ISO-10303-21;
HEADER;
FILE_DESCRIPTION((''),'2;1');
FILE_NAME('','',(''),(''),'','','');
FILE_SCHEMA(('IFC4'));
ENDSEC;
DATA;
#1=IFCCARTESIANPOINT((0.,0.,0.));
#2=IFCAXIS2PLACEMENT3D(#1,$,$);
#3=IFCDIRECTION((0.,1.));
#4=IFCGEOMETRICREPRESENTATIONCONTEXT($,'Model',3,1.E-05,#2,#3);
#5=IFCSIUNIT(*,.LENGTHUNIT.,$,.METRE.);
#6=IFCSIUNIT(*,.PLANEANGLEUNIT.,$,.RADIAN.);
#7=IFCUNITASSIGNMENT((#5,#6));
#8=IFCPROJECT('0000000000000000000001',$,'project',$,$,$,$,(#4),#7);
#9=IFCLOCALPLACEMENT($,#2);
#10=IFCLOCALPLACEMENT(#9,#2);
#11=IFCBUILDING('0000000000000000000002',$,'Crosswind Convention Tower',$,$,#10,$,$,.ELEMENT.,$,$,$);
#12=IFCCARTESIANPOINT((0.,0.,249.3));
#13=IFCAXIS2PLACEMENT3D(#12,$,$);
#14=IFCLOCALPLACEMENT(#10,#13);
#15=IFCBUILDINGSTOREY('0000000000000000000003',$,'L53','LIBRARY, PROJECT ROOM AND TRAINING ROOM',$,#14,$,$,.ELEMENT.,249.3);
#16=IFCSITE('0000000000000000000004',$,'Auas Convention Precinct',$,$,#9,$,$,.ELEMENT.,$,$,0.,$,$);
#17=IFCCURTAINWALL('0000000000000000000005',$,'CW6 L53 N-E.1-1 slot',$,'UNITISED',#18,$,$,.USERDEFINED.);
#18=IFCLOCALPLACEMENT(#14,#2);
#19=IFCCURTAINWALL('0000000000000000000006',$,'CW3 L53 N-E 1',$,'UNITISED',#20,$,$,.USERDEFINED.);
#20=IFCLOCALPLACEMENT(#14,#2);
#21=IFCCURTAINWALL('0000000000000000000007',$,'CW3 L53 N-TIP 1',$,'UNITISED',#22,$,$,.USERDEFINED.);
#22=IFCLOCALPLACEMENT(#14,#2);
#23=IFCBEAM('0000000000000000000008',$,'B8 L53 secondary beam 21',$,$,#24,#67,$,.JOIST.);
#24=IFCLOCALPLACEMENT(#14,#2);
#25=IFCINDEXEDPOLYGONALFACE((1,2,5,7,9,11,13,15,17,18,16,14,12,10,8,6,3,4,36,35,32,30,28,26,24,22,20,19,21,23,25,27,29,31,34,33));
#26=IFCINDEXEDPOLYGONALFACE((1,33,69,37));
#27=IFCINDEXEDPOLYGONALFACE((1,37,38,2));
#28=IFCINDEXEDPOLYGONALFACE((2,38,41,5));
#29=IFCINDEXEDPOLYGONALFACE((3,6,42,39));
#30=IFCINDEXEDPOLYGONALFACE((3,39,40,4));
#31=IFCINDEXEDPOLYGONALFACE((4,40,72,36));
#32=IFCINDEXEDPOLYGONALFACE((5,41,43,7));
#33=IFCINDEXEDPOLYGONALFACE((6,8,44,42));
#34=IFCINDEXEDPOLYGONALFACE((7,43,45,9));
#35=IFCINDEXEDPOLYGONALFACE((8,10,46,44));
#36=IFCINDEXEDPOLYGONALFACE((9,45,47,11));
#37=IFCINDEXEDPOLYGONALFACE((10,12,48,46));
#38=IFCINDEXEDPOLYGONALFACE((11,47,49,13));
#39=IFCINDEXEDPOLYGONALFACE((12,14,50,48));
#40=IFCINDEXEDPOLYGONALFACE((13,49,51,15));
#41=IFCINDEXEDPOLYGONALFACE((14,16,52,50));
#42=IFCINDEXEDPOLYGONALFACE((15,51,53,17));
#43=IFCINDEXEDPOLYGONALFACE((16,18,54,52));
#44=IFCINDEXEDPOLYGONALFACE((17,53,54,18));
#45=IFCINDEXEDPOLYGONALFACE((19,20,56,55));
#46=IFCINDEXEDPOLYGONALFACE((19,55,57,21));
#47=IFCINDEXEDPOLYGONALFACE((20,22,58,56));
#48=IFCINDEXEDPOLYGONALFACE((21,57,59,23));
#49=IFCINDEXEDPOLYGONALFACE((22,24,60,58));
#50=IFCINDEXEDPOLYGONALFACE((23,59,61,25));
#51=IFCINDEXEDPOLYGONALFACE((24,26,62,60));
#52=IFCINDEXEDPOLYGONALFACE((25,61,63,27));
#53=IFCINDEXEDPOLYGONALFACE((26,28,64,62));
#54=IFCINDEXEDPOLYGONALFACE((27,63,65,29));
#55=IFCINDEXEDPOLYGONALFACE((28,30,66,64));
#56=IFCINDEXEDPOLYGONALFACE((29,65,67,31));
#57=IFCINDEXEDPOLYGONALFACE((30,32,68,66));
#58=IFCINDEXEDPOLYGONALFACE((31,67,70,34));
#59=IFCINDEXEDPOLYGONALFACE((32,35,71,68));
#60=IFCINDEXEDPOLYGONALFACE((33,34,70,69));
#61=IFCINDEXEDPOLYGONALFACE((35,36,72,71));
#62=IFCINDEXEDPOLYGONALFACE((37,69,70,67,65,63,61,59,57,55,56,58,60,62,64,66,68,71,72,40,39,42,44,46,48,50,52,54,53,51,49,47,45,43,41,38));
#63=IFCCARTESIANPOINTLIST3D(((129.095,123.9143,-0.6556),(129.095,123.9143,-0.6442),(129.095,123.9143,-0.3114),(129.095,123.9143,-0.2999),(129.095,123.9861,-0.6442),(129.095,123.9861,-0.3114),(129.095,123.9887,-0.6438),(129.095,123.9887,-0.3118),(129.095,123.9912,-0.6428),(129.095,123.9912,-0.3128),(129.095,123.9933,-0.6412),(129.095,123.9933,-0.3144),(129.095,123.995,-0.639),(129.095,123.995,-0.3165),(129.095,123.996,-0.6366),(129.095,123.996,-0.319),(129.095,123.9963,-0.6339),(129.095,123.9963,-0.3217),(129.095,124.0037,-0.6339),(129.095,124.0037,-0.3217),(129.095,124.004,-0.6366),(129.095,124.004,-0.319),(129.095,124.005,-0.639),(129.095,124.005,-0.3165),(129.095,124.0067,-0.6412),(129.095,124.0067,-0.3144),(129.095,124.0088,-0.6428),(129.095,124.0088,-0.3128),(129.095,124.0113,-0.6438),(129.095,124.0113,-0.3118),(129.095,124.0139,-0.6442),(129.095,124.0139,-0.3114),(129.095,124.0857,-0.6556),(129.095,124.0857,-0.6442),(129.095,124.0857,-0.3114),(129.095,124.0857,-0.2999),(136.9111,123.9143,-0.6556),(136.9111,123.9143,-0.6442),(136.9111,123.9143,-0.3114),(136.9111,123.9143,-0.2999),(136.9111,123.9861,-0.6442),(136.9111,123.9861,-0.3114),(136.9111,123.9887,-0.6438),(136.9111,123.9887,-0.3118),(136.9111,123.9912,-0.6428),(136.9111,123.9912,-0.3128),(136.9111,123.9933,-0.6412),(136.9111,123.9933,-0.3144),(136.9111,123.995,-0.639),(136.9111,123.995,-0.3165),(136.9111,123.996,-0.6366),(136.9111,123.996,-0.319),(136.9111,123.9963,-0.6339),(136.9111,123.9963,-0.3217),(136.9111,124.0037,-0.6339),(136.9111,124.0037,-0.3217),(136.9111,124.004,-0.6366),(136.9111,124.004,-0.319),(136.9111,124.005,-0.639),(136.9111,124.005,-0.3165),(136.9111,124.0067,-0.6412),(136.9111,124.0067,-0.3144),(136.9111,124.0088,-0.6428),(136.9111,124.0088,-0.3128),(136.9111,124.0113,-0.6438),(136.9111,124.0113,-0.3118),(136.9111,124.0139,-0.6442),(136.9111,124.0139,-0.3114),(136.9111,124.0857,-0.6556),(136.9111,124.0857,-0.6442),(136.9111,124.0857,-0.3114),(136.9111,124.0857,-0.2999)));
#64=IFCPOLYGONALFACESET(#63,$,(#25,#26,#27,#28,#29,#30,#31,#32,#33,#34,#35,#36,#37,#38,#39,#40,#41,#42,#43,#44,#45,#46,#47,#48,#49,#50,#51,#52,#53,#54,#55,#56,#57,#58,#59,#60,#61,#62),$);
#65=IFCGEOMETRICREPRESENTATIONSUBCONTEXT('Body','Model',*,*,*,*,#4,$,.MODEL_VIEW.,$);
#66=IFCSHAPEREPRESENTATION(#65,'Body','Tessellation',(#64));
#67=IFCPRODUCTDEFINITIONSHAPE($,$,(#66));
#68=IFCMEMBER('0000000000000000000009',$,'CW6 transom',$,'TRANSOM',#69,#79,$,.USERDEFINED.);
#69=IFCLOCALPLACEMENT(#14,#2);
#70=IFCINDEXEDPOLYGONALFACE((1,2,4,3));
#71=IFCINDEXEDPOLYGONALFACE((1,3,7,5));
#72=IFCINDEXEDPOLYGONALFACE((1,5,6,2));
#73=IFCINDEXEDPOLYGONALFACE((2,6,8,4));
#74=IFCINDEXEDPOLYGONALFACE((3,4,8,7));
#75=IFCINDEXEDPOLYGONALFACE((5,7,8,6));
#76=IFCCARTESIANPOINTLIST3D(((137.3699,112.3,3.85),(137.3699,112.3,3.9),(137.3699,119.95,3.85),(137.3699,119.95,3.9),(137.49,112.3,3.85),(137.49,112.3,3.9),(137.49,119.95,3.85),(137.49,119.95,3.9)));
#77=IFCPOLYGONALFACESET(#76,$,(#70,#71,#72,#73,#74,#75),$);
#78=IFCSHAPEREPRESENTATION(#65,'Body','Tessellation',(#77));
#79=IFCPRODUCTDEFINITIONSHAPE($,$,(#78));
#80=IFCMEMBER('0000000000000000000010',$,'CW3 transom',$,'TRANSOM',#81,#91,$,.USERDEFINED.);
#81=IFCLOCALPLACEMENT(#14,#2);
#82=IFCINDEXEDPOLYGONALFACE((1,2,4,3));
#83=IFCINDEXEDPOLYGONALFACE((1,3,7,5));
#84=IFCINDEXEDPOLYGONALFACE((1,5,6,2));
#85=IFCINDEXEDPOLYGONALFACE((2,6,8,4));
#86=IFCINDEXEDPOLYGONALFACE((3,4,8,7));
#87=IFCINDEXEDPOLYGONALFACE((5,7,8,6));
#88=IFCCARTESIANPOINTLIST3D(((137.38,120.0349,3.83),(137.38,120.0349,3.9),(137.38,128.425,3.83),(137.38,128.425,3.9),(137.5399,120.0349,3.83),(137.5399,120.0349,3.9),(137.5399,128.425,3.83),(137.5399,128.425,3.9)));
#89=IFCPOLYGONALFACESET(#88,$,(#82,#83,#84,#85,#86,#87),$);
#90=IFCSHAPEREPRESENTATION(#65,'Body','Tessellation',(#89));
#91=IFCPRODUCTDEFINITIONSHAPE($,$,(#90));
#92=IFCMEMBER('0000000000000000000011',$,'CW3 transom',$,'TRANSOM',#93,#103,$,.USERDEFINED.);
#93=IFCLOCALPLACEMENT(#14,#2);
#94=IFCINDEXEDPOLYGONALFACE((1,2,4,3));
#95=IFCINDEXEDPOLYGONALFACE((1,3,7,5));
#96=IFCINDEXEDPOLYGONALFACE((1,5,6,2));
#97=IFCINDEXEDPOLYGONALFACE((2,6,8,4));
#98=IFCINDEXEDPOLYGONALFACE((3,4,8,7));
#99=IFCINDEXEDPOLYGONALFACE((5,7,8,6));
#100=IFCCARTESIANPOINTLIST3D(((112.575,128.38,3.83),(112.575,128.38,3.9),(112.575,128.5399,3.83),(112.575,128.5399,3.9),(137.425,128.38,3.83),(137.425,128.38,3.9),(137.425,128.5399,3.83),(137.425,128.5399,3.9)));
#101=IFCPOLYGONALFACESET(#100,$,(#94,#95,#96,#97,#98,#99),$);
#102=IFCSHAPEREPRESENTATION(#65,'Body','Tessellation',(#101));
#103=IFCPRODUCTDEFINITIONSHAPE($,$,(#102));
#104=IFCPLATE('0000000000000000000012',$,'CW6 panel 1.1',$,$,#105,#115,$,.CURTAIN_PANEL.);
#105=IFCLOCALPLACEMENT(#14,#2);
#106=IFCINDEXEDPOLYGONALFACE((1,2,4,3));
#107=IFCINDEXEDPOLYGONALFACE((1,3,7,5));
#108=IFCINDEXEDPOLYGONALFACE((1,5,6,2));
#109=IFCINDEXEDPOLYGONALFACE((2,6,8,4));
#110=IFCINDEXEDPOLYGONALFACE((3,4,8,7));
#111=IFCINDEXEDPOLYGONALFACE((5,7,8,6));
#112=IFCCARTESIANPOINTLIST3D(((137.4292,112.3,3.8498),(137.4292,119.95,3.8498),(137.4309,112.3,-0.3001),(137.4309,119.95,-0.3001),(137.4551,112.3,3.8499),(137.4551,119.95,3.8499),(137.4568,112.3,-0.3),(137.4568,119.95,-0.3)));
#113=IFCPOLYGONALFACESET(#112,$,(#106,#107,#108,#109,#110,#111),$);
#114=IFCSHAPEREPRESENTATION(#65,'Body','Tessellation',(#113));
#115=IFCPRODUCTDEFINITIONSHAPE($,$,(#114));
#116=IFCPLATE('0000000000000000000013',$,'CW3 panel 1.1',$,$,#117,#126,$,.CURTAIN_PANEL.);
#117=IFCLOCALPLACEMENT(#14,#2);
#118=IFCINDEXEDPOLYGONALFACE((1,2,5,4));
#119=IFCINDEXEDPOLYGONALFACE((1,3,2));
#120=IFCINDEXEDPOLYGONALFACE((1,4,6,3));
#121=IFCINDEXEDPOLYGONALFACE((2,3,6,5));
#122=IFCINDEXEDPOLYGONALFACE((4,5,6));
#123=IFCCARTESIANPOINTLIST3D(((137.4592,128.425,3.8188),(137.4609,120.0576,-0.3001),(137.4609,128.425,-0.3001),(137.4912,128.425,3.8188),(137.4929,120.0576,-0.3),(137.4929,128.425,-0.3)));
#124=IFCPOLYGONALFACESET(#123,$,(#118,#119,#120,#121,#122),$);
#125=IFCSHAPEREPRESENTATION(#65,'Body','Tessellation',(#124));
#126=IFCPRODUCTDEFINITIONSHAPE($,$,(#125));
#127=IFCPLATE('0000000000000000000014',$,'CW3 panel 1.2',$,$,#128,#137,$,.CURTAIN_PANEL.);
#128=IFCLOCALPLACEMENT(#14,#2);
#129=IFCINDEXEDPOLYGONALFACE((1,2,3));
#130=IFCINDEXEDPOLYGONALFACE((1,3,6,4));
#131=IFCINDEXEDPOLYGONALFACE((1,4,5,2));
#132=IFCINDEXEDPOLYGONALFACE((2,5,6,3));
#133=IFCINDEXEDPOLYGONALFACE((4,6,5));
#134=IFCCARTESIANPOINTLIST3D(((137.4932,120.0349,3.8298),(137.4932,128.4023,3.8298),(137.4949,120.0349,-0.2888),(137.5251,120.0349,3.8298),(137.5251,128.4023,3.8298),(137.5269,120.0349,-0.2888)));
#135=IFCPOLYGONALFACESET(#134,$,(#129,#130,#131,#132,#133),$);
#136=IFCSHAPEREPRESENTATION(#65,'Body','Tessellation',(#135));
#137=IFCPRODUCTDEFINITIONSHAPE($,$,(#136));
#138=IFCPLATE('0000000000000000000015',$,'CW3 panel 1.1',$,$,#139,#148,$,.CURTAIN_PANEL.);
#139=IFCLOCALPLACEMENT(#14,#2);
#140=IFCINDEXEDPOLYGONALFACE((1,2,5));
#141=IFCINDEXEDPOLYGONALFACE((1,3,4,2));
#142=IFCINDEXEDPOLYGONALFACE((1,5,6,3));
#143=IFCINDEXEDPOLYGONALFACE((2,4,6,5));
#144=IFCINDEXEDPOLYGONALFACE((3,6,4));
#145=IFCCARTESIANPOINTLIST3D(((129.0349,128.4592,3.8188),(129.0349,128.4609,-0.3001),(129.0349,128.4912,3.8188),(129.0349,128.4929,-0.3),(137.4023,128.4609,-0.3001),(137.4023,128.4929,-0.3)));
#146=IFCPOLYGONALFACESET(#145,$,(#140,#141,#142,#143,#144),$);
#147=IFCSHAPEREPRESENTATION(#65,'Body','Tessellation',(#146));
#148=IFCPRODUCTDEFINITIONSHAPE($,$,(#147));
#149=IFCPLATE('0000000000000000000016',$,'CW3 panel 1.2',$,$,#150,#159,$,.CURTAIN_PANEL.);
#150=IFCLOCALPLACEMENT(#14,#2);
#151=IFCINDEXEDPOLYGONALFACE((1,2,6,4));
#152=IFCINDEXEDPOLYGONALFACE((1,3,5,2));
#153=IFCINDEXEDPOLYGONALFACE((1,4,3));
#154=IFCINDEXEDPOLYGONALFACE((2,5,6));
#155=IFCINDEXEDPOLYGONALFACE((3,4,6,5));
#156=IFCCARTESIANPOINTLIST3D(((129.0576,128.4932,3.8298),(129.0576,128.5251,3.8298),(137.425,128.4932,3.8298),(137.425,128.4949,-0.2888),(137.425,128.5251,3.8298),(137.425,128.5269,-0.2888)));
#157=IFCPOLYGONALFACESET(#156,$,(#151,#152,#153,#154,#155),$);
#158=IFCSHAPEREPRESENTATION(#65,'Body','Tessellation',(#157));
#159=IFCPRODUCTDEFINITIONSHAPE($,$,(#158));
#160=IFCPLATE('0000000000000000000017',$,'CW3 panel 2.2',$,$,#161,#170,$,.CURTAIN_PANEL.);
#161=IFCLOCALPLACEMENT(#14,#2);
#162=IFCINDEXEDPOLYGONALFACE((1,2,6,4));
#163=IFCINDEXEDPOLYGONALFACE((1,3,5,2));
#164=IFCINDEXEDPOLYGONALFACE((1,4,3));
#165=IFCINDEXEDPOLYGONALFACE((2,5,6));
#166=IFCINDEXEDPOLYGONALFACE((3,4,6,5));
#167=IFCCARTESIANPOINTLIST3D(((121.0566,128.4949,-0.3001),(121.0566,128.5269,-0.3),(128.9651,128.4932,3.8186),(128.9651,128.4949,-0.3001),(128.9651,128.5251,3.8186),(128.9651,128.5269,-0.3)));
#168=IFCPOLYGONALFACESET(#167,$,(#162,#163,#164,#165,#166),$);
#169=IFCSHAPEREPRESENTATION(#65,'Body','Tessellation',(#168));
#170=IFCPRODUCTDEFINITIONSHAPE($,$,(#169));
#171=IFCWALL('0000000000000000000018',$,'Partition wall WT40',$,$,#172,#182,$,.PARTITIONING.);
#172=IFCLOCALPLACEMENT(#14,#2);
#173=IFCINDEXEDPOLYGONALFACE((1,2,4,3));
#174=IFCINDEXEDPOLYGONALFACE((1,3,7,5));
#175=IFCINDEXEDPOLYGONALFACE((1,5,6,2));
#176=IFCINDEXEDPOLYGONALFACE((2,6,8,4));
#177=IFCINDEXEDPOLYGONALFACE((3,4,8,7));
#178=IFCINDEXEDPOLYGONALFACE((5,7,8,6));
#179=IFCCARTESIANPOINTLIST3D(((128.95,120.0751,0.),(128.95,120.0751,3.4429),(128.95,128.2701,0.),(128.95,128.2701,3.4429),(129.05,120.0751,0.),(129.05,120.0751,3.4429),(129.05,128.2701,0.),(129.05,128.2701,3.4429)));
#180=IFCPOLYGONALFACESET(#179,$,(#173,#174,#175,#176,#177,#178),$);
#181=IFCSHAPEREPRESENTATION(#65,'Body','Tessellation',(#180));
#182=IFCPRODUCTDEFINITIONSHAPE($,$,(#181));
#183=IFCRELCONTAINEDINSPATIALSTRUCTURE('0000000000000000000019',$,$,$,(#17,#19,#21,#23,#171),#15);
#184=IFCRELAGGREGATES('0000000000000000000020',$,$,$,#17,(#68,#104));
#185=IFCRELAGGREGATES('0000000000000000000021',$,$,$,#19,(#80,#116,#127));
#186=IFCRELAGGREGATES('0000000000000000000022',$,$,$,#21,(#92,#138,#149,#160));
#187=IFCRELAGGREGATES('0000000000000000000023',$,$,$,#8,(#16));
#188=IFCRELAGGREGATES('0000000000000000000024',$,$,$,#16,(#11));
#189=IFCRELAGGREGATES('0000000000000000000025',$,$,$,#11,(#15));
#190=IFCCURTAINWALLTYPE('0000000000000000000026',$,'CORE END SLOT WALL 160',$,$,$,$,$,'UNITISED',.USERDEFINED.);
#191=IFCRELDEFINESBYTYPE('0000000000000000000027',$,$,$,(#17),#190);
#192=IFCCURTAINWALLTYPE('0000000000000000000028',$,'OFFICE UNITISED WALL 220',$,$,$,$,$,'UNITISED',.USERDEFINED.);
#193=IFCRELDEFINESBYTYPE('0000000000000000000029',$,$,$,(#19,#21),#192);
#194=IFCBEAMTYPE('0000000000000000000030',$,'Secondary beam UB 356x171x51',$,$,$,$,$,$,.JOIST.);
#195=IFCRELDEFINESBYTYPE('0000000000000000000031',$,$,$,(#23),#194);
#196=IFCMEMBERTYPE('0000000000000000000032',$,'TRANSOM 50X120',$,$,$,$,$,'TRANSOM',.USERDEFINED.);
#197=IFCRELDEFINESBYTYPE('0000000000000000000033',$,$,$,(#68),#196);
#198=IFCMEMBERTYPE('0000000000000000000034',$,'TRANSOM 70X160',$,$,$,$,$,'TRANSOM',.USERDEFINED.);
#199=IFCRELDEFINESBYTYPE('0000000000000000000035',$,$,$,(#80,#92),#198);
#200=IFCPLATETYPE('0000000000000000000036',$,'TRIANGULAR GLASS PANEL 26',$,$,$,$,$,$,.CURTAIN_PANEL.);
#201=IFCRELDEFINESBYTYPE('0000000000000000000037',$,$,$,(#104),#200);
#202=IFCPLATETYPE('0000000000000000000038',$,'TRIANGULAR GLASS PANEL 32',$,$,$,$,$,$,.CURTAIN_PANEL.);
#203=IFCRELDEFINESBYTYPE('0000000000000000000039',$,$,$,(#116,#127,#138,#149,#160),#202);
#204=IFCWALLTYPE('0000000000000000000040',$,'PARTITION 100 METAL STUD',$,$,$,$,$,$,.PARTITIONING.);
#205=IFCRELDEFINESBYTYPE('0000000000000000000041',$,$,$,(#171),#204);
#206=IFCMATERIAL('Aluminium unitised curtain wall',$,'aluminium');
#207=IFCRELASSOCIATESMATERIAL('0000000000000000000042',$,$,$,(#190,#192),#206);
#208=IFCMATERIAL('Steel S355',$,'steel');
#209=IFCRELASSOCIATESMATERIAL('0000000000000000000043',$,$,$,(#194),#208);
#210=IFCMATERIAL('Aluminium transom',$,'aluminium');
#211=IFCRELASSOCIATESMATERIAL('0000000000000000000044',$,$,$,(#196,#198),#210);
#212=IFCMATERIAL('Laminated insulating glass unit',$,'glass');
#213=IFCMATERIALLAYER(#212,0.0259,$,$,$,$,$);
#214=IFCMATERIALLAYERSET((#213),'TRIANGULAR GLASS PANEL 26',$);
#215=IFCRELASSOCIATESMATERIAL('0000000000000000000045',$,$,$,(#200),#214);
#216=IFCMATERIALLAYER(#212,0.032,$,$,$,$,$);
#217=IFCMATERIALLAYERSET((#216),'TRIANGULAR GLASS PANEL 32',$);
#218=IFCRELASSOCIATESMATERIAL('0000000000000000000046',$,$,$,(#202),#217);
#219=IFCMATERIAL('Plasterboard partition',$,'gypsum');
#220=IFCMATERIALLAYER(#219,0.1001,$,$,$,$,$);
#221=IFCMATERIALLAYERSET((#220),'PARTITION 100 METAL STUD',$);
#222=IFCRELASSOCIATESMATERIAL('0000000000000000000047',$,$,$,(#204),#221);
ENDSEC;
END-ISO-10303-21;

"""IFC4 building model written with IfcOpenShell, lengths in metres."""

from ifc_helpers import new_model, si_unit, direction, frame, frame_2d, origin, origin_2d, place, context, subcontext, project, spatial, polyline, rectangle, i_section, outline, extrude, material, layer, layer_set, material_profile, profile_set, type_object, element, aggregate, save


model = new_model("IFC4")

# Units and contexts
model_context = context("Model", 3, precision=1e-05, world=origin(), true_north=direction((0.0, 1.0)))
body_context = subcontext(model_context, "Body", "Model", "MODEL_VIEW")
ifc_project = project(units=[si_unit("LENGTHUNIT", "METRE"), si_unit("PLANEANGLEUNIT", "RADIAN")], contexts=[model_context])

# Site, building, storey
site_placement = place(None, origin())
site = spatial("IfcSite", under=ifc_project, at=site_placement, Name="Auas Convention Precinct", CompositionType="ELEMENT", RefElevation=0.0)
building_placement = place(site_placement, origin())
building = spatial("IfcBuilding", under=site, at=building_placement, Name="Crosswind Convention Tower", CompositionType="ELEMENT")
storey_placement = place(building_placement, frame((0.0, 0.0, 249.3)))
storey = spatial("IfcBuildingStorey", under=building, at=storey_placement, Name="L53", Description="LIBRARY, PROJECT ROOM AND TRAINING ROOM", CompositionType="ELEMENT", Elevation=249.3)

# Shared definitions
ifc_material_1 = material(Name="Steel S355", Category="steel")

# Curtain walls
ifc_material_2 = material(Name="Aluminium unitised curtain wall", Category="aluminium")
curtain_wall_type_1 = type_object("IfcCurtainWallType", Name="CORE END SLOT WALL 160", ElementType="UNITISED", PredefinedType="USERDEFINED", material=ifc_material_2)
curtain_wall_1_placement = place(storey_placement, origin())
curtain_wall_1 = element("IfcCurtainWall", 1, at=curtain_wall_1_placement, inside=storey, type_object=curtain_wall_type_1, Name="CW6 L53 N-E.1-1 slot", ObjectType="UNITISED", PredefinedType="USERDEFINED")
curtain_wall_type_2 = type_object("IfcCurtainWallType", Name="OFFICE UNITISED WALL 220", ElementType="UNITISED", PredefinedType="USERDEFINED", material=ifc_material_2)
curtain_wall_2_placement = place(storey_placement, origin())
curtain_wall_2 = element("IfcCurtainWall", 2, at=curtain_wall_2_placement, inside=storey, type_object=curtain_wall_type_2, Name="CW3 L53 N-E 1", ObjectType="UNITISED", PredefinedType="USERDEFINED")

# Curtain wall
curtain_wall_3_placement = place(storey_placement, origin())
curtain_wall_3 = element("IfcCurtainWall", 3, at=curtain_wall_3_placement, inside=storey, type_object=curtain_wall_type_2, Name="CW3 L53 N-TIP 1", ObjectType="UNITISED", PredefinedType="USERDEFINED")

# Beam
ifc_material_profile_1 = material_profile(ifc_material_1, i_section(OverallWidth=0.1714, OverallDepth=0.3557, WebThickness=0.0073, FlangeThickness=0.0115, FilletRadius=0.0103, at=origin_2d()), Name="UB 356x171x51")
ifc_profile_set_1 = profile_set([ifc_material_profile_1], Name="Steel S355")
beam_type_1 = type_object("IfcBeamType", Name="Secondary beam UB 356x171x51", PredefinedType="JOIST", material=ifc_profile_set_1)
for number, where, z_axis, x_axis, name in (
    (4, (129.095, 124.0, -0.4778), (1.0, 0.0, 0.0), (0.0, 1.0, 0.0), "B8 L53 secondary beam 21"),
):
    element("IfcBeam", number, at=place(storey_placement, frame(where, z_axis=z_axis, x_axis=x_axis)), inside=storey, type_object=beam_type_1, Name=name, PredefinedType="JOIST", context=body_context, shape_type="SweptSolid", body=[
        extrude(i_section(OverallWidth=0.1714, OverallDepth=0.3557, WebThickness=0.0073, FlangeThickness=0.0115, FilletRadius=0.0103, at=origin_2d()), origin(), (0.0, 0.0, 1.0), 7.8162),
    ])

# Members
ifc_material_3 = material(Name="Aluminium transom", Category="aluminium")
ifc_material_profile_2 = material_profile(ifc_material_3, rectangle(XDim=0.1201, YDim=0.05, at=origin_2d()), Name="AL 120X50")
ifc_profile_set_2 = profile_set([ifc_material_profile_2], Name="Aluminium transom")
member_type_1 = type_object("IfcMemberType", Name="TRANSOM 50X120", ElementType="TRANSOM", PredefinedType="USERDEFINED", material=ifc_profile_set_2)
member_1_placement = place(storey_placement, frame((137.4299, 112.3, 3.875), z_axis=(0.0, 1.0, 0.0), x_axis=(-1.0, 0.0, 0.0)))
member_1 = element("IfcMember", 5, at=member_1_placement, type_object=member_type_1, Name="CW6 transom", ObjectType="TRANSOM", PredefinedType="USERDEFINED", context=body_context, shape_type="SweptSolid", body=[
    extrude(rectangle(XDim=0.1201, YDim=0.05, at=origin_2d()), origin(), (0.0, 0.0, 1.0), 7.6499),
])
ifc_material_profile_3 = material_profile(ifc_material_3, rectangle(XDim=0.1599, YDim=0.0701, at=origin_2d()), Name="AL 160X70")
ifc_profile_set_3 = profile_set([ifc_material_profile_3], Name="Aluminium transom")
member_type_2 = type_object("IfcMemberType", Name="TRANSOM 70X160", ElementType="TRANSOM", PredefinedType="USERDEFINED", material=ifc_profile_set_3)
member_2_placement = place(storey_placement, frame((137.46, 120.0349, 3.865), z_axis=(0.0, 1.0, 0.0), x_axis=(-1.0, 0.0, 0.0)))
member_2 = element("IfcMember", 6, at=member_2_placement, type_object=member_type_2, Name="CW3 transom", ObjectType="TRANSOM", PredefinedType="USERDEFINED", context=body_context, shape_type="SweptSolid", body=[
    extrude(rectangle(XDim=0.1599, YDim=0.0701, at=origin_2d()), origin(), (0.0, 0.0, 1.0), 8.3901),
])
member_3_placement = place(storey_placement, frame((137.425, 128.46, 3.865), z_axis=(-1.0, 0.0, 0.0), x_axis=(0.0, -1.0, 0.0)))
member_3 = element("IfcMember", 7, at=member_3_placement, type_object=member_type_2, Name="CW3 transom", ObjectType="TRANSOM", PredefinedType="USERDEFINED", context=body_context, shape_type="SweptSolid", body=[
    extrude(rectangle(XDim=0.1599, YDim=0.0701, at=origin_2d()), origin(), (0.0, 0.0, 1.0), 24.8501),
])

# Plates
ifc_material_4 = material(Name="Laminated insulating glass unit", Category="glass")
ifc_layer_1 = layer(ifc_material_4, 0.0259)
ifc_layer_set_1 = layer_set([ifc_layer_1], Name="TRIANGULAR GLASS PANEL 26")
plate_type_1 = type_object("IfcPlateType", Name="TRIANGULAR GLASS PANEL 26", PredefinedType="CURTAIN_PANEL", material=ifc_layer_set_1)
plate_1_placement = place(storey_placement, frame((137.4568, 112.3, -0.3), z_axis=(1.0, 0.0, 0.000412), x_axis=(0.0, 1.0, 0.0)))
plate_1 = element("IfcPlate", 8, at=plate_1_placement, type_object=plate_type_1, Name="CW6 panel 1.1", PredefinedType="CURTAIN_PANEL", context=body_context, shape_type="SweptSolid", body=[
    extrude(outline(polyline([(0.0, 0.0), (7.6499, 0.0), (7.6499, 4.1499), (0.0, 4.1499), (0.0, 0.0)])), origin(), (0.0, 0.0, -1.0), 0.0259),
])
aggregate(curtain_wall_1, [member_1, plate_1])
ifc_layer_2 = layer(ifc_material_4, 0.032)
ifc_layer_set_2 = layer_set([ifc_layer_2], Name="TRIANGULAR GLASS PANEL 32")
plate_type_2 = type_object("IfcPlateType", Name="TRIANGULAR GLASS PANEL 32", PredefinedType="CURTAIN_PANEL", material=ifc_layer_set_2)
plate_2_placement = place(storey_placement, frame((137.4929, 128.425, -0.3), z_axis=(1.0, 0.0, 0.000415), x_axis=(-0.000415, 0.0, 1.0)))
plate_2 = element("IfcPlate", 9, at=plate_2_placement, type_object=plate_type_2, Name="CW3 panel 1.1", PredefinedType="CURTAIN_PANEL", context=body_context, shape_type="SweptSolid", body=[
    extrude(outline(polyline([(0.0, 0.0), (4.1189, 0.0), (0.0, 8.3674), (0.0, 0.0)])), origin(), (0.0, 0.0, -1.0), 0.032),
])
plate_3_placement = place(storey_placement, frame((137.5251, 120.0349, 3.8298), z_axis=(1.0, 0.0, 0.000415), x_axis=(0.000415, 0.0, -1.0)))
plate_3 = element("IfcPlate", 10, at=plate_3_placement, type_object=plate_type_2, Name="CW3 panel 1.2", PredefinedType="CURTAIN_PANEL", context=body_context, shape_type="SweptSolid", body=[
    extrude(outline(polyline([(0.0, 0.0), (4.1187, 0.0), (0.0, 8.3674), (0.0, 0.0)])), origin(), (0.0, 0.0, -1.0), 0.032),
])
plate_4_placement = place(storey_placement, frame((129.0349, 128.4929, -0.3), z_axis=(0.0, 1.0, 0.000415), x_axis=(0.0, -0.000415, 1.0)))
plate_4 = element("IfcPlate", 11, at=plate_4_placement, type_object=plate_type_2, Name="CW3 panel 1.1", PredefinedType="CURTAIN_PANEL", context=body_context, shape_type="SweptSolid", body=[
    extrude(outline(polyline([(0.0, 0.0), (4.1189, 0.0), (0.0, 8.3674), (0.0, 0.0)])), origin(), (0.0, 0.0, -1.0), 0.032),
])
plate_5_placement = place(storey_placement, frame((137.425, 128.5251, 3.8298), z_axis=(0.0, 1.0, 0.000415), x_axis=(0.0, 0.000415, -1.0)))
plate_5 = element("IfcPlate", 12, at=plate_5_placement, type_object=plate_type_2, Name="CW3 panel 1.2", PredefinedType="CURTAIN_PANEL", context=body_context, shape_type="SweptSolid", body=[
    extrude(outline(polyline([(0.0, 0.0), (4.1187, 0.0), (0.0, 8.3674), (0.0, 0.0)])), origin(), (0.0, 0.0, -1.0), 0.032),
])
plate_6_placement = place(storey_placement, frame((128.9651, 128.5269, -0.3), z_axis=(0.0, 1.0, 0.000415), x_axis=(-1.0, 0.0, 0.0)))
plate_6 = element("IfcPlate", 13, at=plate_6_placement, type_object=plate_type_2, Name="CW3 panel 2.2", PredefinedType="CURTAIN_PANEL", context=body_context, shape_type="SweptSolid", body=[
    extrude(outline(polyline([(0.0, 0.0), (7.9084, 0.0), (0.0, 4.1187), (0.0, 0.0)])), origin(), (0.0, 0.0, -1.0), 0.032),
])

# Wall
ifc_material_5 = material(Name="Plasterboard partition", Category="gypsum")
ifc_layer_3 = layer(ifc_material_5, 0.1001)
ifc_layer_set_3 = layer_set([ifc_layer_3], Name="PARTITION 100 METAL STUD")
wall_type_1 = type_object("IfcWallType", Name="PARTITION 100 METAL STUD", PredefinedType="PARTITIONING", material=ifc_layer_set_3)
wall_1_placement = place(storey_placement, frame((129.0, 120.075, 0.0), z_axis=(0.0, 0.0, 1.0), x_axis=(0.0, 1.0, 0.0)))
element("IfcWall", 14, at=wall_1_placement, inside=storey, type_object=wall_type_1, Name="Partition wall WT40", PredefinedType="PARTITIONING", context=body_context, shape_type="SweptSolid", body=[
    extrude(rectangle(XDim=8.1951, YDim=0.1001, at=frame_2d((4.0977, 0.0))), origin(), (0.0, 0.0, 1.0), 3.4429),
])

aggregate(curtain_wall_2, [member_2, plate_2, plate_3])
aggregate(curtain_wall_3, [member_3, plate_4, plate_5, plate_6])

save(model, "model.ifc")
